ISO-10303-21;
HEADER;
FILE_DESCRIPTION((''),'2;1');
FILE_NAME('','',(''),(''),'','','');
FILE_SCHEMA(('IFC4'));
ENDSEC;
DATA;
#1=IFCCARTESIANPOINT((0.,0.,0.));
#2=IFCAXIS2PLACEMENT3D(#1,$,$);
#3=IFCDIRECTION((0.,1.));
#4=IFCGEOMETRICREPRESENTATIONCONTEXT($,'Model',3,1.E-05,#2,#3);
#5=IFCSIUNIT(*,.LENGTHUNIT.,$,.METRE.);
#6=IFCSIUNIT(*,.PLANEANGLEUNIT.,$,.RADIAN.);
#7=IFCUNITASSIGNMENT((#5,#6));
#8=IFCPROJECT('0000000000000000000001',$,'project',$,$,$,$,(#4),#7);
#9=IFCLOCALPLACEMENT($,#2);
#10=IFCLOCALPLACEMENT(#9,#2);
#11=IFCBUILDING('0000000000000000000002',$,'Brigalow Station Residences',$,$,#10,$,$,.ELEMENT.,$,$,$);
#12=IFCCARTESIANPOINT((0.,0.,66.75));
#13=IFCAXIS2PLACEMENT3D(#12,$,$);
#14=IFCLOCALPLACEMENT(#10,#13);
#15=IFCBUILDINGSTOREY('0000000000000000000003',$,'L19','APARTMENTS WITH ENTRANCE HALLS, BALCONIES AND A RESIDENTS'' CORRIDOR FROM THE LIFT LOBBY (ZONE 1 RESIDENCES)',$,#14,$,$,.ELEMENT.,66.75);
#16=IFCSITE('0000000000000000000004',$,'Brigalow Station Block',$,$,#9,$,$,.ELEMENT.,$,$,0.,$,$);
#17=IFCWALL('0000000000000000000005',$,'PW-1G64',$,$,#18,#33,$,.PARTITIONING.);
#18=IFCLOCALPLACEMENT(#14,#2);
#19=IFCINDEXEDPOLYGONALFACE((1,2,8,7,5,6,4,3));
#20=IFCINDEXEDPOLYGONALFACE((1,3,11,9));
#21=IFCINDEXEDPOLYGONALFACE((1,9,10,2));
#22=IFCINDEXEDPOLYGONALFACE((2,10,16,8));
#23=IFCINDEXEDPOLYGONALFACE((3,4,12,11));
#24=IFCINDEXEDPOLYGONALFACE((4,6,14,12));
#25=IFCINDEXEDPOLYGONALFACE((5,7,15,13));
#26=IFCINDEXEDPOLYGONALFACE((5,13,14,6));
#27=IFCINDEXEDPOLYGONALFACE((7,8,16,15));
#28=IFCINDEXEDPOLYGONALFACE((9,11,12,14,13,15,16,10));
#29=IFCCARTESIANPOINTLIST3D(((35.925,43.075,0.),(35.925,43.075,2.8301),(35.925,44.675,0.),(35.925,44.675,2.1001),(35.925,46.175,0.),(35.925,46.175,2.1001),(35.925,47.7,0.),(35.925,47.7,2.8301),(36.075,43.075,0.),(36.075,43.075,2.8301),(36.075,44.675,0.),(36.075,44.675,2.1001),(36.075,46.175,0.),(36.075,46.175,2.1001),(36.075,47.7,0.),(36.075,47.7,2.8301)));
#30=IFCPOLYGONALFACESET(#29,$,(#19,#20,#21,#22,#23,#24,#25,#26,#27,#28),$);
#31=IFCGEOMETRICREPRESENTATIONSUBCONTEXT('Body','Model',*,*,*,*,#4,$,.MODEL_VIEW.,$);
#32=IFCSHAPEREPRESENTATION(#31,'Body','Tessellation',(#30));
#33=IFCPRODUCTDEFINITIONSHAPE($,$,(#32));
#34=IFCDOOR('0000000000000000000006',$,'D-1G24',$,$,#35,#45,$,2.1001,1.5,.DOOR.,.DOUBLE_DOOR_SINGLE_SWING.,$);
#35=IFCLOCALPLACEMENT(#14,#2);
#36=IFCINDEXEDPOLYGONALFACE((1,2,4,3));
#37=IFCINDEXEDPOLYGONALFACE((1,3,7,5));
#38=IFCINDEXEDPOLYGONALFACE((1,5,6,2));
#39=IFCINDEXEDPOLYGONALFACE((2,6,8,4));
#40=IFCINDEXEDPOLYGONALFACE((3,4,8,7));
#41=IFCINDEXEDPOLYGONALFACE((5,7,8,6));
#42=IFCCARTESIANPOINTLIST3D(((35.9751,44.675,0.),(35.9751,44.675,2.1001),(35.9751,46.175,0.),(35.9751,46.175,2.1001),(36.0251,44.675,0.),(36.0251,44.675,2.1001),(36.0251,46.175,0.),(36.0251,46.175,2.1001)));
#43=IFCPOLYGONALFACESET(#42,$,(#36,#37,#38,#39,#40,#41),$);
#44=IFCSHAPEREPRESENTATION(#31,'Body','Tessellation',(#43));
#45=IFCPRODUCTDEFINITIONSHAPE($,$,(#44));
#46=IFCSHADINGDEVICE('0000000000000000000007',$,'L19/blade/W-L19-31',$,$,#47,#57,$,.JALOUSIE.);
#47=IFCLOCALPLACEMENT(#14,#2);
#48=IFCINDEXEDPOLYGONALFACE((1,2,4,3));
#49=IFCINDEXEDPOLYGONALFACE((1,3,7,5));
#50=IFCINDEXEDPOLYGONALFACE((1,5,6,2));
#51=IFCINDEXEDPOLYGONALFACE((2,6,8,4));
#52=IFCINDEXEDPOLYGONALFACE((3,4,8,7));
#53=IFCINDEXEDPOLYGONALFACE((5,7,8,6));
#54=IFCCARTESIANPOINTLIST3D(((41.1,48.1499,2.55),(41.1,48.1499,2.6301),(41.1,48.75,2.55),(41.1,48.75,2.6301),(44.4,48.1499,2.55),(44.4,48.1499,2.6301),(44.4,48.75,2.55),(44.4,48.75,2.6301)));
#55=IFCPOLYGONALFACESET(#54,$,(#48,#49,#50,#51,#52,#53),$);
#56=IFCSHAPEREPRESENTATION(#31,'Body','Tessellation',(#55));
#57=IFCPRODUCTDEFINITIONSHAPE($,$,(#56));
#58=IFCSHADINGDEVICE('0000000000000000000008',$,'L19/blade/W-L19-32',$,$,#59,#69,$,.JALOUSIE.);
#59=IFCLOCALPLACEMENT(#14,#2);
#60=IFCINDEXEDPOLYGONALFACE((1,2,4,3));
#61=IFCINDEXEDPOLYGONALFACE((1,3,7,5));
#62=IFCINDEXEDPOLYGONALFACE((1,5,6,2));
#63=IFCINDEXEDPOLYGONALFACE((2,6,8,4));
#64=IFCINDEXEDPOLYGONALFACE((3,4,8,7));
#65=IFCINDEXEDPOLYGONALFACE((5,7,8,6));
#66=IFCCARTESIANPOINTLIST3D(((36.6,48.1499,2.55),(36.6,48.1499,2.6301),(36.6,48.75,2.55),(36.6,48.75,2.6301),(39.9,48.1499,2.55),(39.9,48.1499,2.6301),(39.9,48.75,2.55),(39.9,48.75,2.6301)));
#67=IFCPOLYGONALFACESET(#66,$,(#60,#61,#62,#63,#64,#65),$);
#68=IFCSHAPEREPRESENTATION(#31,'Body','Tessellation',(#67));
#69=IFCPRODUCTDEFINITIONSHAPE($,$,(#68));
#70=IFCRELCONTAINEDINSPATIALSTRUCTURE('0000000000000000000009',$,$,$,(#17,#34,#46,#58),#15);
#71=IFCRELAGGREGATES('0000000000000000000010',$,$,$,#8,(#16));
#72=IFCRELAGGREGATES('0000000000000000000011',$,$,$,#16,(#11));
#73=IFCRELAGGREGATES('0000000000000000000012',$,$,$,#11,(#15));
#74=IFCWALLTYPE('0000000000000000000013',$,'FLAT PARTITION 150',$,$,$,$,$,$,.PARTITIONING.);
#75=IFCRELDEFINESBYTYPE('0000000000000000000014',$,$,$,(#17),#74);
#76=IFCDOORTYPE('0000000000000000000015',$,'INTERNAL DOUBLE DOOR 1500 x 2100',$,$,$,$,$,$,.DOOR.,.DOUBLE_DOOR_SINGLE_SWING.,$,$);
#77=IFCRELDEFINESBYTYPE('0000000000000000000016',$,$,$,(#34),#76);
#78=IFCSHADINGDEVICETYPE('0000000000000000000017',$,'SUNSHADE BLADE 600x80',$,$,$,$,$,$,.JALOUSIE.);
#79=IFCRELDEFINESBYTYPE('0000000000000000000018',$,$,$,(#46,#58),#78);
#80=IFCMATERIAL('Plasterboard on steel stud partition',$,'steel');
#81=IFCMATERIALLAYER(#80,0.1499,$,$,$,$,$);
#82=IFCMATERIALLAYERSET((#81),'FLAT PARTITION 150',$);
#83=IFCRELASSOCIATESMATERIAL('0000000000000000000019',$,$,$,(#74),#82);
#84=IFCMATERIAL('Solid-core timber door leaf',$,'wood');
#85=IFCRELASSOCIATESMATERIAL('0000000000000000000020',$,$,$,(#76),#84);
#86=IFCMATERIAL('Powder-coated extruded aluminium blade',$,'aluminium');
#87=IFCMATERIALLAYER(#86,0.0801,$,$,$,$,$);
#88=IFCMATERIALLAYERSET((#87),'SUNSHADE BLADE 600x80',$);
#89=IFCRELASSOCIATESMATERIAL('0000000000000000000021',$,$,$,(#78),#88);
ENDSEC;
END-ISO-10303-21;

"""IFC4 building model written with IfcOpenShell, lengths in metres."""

from ifc_helpers import new_model, si_unit, direction, frame, frame_2d, origin, origin_2d, place, context, subcontext, project, spatial, rectangle, extrude, material, layer, layer_set, type_object, element, fill, save


model = new_model("IFC4")

# Units and contexts
model_context = context("Model", 3, precision=1e-05, world=origin(), true_north=direction((0.0, 1.0)))
body_context = subcontext(model_context, "Body", "Model", "MODEL_VIEW")
ifc_project = project(units=[si_unit("LENGTHUNIT", "METRE"), si_unit("PLANEANGLEUNIT", "RADIAN")], contexts=[model_context])

# Site, building, storey
site_placement = place(None, origin())
site = spatial("IfcSite", under=ifc_project, at=site_placement, Name="Brigalow Station Block", CompositionType="ELEMENT", RefElevation=0.0)
building_placement = place(site_placement, origin())
building = spatial("IfcBuilding", under=site, at=building_placement, Name="Brigalow Station Residences", CompositionType="ELEMENT")
storey_placement = place(building_placement, frame((0.0, 0.0, 66.75)))
storey = spatial("IfcBuildingStorey", under=building, at=storey_placement, Name="L19", Description="APARTMENTS WITH ENTRANCE HALLS, BALCONIES AND A RESIDENTS' CORRIDOR FROM THE LIFT LOBBY (ZONE 1 RESIDENCES)", CompositionType="ELEMENT", Elevation=66.75)

# Wall, opening, door
ifc_material_1 = material(Name="Plasterboard on steel stud partition", Category="steel")
ifc_layer_1 = layer(ifc_material_1, 0.1499)
ifc_layer_set_1 = layer_set([ifc_layer_1], Name="FLAT PARTITION 150")
wall_type_1 = type_object("IfcWallType", Name="FLAT PARTITION 150", PredefinedType="PARTITIONING", material=ifc_layer_set_1)
wall_1_placement = place(storey_placement, frame((36.0, 43.075, 0.0), z_axis=(0.0, 0.0, 1.0), x_axis=(0.0, 1.0, 0.0)))
wall_1 = element("IfcWall", 1, at=wall_1_placement, inside=storey, type_object=wall_type_1, Name="PW-1G64", PredefinedType="PARTITIONING", context=body_context, shape_type="SweptSolid", body=[
    extrude(rectangle(XDim=4.625, YDim=0.1499, at=frame_2d((2.3125, 0.0))), origin(), (0.0, 0.0, 1.0), 2.8301),
])
opening_1_placement = place(wall_1_placement, frame((1.6001, 0.0, 0.0)))
opening_1 = element("IfcOpeningElement", 2, at=opening_1_placement, cuts=wall_1, PredefinedType="OPENING", context=body_context, shape_type="SweptSolid", body=[
    extrude(rectangle(XDim=1.5, YDim=2.1001, at=frame_2d((0.75, 1.05))), frame((0.0, 0.085, 0.0), z_axis=(0.0, -1.0, 0.0), x_axis=(1.0, 0.0, 0.0)), (0.0, 0.0, 1.0), 0.1699),
])
ifc_material_2 = material(Name="Solid-core timber door leaf", Category="wood")
door_type_1 = type_object("IfcDoorType", Name="INTERNAL DOUBLE DOOR 1500 x 2100", OperationType="DOUBLE_DOOR_SINGLE_SWING", PredefinedType="DOOR", material=ifc_material_2)
door_1_placement = place(opening_1_placement, origin())
door_1 = element("IfcDoor", 3, at=door_1_placement, inside=storey, type_object=door_type_1, Name="D-1G24", OperationType="DOUBLE_DOOR_SINGLE_SWING", OverallHeight=2.1001, OverallWidth=1.5, PredefinedType="DOOR", context=body_context, shape_type="SweptSolid", body=[
    extrude(rectangle(XDim=1.5, YDim=2.1001, at=frame_2d((0.75, 1.05))), frame((0.0, 0.0249, 0.0), z_axis=(0.0, -1.0, 0.0), x_axis=(1.0, 0.0, 0.0)), (0.0, 0.0, 1.0), 0.05),
])
fill(opening_1, door_1)

# Shading devices
ifc_material_3 = material(Name="Powder-coated extruded aluminium blade", Category="aluminium")
ifc_layer_2 = layer(ifc_material_3, 0.0801)
ifc_layer_set_2 = layer_set([ifc_layer_2], Name="SUNSHADE BLADE 600x80")
shading_device_type = type_object("IfcShadingDeviceType", Name="SUNSHADE BLADE 600x80", PredefinedType="JALOUSIE", material=ifc_layer_set_2)
for number, where, z_axis, x_axis, name in (
    (4, (42.75, 48.45, 2.55), (0.0, 0.0, 1.0), (-1.0, 0.0, 0.0), "L19/blade/W-L19-31"),
    (5, (38.25, 48.45, 2.55), (0.0, 0.0, 1.0), (-1.0, 0.0, 0.0), "L19/blade/W-L19-32"),
):
    element("IfcShadingDevice", number, at=place(storey_placement, frame(where, z_axis=z_axis, x_axis=x_axis)), inside=storey, type_object=shading_device_type, Name=name, PredefinedType="JALOUSIE", context=body_context, shape_type="SweptSolid", body=[
        extrude(rectangle(XDim=3.3, YDim=0.6001, at=origin_2d()), origin(), (0.0, 0.0, 1.0), 0.0801),
    ])

save(model, "model.ifc")
